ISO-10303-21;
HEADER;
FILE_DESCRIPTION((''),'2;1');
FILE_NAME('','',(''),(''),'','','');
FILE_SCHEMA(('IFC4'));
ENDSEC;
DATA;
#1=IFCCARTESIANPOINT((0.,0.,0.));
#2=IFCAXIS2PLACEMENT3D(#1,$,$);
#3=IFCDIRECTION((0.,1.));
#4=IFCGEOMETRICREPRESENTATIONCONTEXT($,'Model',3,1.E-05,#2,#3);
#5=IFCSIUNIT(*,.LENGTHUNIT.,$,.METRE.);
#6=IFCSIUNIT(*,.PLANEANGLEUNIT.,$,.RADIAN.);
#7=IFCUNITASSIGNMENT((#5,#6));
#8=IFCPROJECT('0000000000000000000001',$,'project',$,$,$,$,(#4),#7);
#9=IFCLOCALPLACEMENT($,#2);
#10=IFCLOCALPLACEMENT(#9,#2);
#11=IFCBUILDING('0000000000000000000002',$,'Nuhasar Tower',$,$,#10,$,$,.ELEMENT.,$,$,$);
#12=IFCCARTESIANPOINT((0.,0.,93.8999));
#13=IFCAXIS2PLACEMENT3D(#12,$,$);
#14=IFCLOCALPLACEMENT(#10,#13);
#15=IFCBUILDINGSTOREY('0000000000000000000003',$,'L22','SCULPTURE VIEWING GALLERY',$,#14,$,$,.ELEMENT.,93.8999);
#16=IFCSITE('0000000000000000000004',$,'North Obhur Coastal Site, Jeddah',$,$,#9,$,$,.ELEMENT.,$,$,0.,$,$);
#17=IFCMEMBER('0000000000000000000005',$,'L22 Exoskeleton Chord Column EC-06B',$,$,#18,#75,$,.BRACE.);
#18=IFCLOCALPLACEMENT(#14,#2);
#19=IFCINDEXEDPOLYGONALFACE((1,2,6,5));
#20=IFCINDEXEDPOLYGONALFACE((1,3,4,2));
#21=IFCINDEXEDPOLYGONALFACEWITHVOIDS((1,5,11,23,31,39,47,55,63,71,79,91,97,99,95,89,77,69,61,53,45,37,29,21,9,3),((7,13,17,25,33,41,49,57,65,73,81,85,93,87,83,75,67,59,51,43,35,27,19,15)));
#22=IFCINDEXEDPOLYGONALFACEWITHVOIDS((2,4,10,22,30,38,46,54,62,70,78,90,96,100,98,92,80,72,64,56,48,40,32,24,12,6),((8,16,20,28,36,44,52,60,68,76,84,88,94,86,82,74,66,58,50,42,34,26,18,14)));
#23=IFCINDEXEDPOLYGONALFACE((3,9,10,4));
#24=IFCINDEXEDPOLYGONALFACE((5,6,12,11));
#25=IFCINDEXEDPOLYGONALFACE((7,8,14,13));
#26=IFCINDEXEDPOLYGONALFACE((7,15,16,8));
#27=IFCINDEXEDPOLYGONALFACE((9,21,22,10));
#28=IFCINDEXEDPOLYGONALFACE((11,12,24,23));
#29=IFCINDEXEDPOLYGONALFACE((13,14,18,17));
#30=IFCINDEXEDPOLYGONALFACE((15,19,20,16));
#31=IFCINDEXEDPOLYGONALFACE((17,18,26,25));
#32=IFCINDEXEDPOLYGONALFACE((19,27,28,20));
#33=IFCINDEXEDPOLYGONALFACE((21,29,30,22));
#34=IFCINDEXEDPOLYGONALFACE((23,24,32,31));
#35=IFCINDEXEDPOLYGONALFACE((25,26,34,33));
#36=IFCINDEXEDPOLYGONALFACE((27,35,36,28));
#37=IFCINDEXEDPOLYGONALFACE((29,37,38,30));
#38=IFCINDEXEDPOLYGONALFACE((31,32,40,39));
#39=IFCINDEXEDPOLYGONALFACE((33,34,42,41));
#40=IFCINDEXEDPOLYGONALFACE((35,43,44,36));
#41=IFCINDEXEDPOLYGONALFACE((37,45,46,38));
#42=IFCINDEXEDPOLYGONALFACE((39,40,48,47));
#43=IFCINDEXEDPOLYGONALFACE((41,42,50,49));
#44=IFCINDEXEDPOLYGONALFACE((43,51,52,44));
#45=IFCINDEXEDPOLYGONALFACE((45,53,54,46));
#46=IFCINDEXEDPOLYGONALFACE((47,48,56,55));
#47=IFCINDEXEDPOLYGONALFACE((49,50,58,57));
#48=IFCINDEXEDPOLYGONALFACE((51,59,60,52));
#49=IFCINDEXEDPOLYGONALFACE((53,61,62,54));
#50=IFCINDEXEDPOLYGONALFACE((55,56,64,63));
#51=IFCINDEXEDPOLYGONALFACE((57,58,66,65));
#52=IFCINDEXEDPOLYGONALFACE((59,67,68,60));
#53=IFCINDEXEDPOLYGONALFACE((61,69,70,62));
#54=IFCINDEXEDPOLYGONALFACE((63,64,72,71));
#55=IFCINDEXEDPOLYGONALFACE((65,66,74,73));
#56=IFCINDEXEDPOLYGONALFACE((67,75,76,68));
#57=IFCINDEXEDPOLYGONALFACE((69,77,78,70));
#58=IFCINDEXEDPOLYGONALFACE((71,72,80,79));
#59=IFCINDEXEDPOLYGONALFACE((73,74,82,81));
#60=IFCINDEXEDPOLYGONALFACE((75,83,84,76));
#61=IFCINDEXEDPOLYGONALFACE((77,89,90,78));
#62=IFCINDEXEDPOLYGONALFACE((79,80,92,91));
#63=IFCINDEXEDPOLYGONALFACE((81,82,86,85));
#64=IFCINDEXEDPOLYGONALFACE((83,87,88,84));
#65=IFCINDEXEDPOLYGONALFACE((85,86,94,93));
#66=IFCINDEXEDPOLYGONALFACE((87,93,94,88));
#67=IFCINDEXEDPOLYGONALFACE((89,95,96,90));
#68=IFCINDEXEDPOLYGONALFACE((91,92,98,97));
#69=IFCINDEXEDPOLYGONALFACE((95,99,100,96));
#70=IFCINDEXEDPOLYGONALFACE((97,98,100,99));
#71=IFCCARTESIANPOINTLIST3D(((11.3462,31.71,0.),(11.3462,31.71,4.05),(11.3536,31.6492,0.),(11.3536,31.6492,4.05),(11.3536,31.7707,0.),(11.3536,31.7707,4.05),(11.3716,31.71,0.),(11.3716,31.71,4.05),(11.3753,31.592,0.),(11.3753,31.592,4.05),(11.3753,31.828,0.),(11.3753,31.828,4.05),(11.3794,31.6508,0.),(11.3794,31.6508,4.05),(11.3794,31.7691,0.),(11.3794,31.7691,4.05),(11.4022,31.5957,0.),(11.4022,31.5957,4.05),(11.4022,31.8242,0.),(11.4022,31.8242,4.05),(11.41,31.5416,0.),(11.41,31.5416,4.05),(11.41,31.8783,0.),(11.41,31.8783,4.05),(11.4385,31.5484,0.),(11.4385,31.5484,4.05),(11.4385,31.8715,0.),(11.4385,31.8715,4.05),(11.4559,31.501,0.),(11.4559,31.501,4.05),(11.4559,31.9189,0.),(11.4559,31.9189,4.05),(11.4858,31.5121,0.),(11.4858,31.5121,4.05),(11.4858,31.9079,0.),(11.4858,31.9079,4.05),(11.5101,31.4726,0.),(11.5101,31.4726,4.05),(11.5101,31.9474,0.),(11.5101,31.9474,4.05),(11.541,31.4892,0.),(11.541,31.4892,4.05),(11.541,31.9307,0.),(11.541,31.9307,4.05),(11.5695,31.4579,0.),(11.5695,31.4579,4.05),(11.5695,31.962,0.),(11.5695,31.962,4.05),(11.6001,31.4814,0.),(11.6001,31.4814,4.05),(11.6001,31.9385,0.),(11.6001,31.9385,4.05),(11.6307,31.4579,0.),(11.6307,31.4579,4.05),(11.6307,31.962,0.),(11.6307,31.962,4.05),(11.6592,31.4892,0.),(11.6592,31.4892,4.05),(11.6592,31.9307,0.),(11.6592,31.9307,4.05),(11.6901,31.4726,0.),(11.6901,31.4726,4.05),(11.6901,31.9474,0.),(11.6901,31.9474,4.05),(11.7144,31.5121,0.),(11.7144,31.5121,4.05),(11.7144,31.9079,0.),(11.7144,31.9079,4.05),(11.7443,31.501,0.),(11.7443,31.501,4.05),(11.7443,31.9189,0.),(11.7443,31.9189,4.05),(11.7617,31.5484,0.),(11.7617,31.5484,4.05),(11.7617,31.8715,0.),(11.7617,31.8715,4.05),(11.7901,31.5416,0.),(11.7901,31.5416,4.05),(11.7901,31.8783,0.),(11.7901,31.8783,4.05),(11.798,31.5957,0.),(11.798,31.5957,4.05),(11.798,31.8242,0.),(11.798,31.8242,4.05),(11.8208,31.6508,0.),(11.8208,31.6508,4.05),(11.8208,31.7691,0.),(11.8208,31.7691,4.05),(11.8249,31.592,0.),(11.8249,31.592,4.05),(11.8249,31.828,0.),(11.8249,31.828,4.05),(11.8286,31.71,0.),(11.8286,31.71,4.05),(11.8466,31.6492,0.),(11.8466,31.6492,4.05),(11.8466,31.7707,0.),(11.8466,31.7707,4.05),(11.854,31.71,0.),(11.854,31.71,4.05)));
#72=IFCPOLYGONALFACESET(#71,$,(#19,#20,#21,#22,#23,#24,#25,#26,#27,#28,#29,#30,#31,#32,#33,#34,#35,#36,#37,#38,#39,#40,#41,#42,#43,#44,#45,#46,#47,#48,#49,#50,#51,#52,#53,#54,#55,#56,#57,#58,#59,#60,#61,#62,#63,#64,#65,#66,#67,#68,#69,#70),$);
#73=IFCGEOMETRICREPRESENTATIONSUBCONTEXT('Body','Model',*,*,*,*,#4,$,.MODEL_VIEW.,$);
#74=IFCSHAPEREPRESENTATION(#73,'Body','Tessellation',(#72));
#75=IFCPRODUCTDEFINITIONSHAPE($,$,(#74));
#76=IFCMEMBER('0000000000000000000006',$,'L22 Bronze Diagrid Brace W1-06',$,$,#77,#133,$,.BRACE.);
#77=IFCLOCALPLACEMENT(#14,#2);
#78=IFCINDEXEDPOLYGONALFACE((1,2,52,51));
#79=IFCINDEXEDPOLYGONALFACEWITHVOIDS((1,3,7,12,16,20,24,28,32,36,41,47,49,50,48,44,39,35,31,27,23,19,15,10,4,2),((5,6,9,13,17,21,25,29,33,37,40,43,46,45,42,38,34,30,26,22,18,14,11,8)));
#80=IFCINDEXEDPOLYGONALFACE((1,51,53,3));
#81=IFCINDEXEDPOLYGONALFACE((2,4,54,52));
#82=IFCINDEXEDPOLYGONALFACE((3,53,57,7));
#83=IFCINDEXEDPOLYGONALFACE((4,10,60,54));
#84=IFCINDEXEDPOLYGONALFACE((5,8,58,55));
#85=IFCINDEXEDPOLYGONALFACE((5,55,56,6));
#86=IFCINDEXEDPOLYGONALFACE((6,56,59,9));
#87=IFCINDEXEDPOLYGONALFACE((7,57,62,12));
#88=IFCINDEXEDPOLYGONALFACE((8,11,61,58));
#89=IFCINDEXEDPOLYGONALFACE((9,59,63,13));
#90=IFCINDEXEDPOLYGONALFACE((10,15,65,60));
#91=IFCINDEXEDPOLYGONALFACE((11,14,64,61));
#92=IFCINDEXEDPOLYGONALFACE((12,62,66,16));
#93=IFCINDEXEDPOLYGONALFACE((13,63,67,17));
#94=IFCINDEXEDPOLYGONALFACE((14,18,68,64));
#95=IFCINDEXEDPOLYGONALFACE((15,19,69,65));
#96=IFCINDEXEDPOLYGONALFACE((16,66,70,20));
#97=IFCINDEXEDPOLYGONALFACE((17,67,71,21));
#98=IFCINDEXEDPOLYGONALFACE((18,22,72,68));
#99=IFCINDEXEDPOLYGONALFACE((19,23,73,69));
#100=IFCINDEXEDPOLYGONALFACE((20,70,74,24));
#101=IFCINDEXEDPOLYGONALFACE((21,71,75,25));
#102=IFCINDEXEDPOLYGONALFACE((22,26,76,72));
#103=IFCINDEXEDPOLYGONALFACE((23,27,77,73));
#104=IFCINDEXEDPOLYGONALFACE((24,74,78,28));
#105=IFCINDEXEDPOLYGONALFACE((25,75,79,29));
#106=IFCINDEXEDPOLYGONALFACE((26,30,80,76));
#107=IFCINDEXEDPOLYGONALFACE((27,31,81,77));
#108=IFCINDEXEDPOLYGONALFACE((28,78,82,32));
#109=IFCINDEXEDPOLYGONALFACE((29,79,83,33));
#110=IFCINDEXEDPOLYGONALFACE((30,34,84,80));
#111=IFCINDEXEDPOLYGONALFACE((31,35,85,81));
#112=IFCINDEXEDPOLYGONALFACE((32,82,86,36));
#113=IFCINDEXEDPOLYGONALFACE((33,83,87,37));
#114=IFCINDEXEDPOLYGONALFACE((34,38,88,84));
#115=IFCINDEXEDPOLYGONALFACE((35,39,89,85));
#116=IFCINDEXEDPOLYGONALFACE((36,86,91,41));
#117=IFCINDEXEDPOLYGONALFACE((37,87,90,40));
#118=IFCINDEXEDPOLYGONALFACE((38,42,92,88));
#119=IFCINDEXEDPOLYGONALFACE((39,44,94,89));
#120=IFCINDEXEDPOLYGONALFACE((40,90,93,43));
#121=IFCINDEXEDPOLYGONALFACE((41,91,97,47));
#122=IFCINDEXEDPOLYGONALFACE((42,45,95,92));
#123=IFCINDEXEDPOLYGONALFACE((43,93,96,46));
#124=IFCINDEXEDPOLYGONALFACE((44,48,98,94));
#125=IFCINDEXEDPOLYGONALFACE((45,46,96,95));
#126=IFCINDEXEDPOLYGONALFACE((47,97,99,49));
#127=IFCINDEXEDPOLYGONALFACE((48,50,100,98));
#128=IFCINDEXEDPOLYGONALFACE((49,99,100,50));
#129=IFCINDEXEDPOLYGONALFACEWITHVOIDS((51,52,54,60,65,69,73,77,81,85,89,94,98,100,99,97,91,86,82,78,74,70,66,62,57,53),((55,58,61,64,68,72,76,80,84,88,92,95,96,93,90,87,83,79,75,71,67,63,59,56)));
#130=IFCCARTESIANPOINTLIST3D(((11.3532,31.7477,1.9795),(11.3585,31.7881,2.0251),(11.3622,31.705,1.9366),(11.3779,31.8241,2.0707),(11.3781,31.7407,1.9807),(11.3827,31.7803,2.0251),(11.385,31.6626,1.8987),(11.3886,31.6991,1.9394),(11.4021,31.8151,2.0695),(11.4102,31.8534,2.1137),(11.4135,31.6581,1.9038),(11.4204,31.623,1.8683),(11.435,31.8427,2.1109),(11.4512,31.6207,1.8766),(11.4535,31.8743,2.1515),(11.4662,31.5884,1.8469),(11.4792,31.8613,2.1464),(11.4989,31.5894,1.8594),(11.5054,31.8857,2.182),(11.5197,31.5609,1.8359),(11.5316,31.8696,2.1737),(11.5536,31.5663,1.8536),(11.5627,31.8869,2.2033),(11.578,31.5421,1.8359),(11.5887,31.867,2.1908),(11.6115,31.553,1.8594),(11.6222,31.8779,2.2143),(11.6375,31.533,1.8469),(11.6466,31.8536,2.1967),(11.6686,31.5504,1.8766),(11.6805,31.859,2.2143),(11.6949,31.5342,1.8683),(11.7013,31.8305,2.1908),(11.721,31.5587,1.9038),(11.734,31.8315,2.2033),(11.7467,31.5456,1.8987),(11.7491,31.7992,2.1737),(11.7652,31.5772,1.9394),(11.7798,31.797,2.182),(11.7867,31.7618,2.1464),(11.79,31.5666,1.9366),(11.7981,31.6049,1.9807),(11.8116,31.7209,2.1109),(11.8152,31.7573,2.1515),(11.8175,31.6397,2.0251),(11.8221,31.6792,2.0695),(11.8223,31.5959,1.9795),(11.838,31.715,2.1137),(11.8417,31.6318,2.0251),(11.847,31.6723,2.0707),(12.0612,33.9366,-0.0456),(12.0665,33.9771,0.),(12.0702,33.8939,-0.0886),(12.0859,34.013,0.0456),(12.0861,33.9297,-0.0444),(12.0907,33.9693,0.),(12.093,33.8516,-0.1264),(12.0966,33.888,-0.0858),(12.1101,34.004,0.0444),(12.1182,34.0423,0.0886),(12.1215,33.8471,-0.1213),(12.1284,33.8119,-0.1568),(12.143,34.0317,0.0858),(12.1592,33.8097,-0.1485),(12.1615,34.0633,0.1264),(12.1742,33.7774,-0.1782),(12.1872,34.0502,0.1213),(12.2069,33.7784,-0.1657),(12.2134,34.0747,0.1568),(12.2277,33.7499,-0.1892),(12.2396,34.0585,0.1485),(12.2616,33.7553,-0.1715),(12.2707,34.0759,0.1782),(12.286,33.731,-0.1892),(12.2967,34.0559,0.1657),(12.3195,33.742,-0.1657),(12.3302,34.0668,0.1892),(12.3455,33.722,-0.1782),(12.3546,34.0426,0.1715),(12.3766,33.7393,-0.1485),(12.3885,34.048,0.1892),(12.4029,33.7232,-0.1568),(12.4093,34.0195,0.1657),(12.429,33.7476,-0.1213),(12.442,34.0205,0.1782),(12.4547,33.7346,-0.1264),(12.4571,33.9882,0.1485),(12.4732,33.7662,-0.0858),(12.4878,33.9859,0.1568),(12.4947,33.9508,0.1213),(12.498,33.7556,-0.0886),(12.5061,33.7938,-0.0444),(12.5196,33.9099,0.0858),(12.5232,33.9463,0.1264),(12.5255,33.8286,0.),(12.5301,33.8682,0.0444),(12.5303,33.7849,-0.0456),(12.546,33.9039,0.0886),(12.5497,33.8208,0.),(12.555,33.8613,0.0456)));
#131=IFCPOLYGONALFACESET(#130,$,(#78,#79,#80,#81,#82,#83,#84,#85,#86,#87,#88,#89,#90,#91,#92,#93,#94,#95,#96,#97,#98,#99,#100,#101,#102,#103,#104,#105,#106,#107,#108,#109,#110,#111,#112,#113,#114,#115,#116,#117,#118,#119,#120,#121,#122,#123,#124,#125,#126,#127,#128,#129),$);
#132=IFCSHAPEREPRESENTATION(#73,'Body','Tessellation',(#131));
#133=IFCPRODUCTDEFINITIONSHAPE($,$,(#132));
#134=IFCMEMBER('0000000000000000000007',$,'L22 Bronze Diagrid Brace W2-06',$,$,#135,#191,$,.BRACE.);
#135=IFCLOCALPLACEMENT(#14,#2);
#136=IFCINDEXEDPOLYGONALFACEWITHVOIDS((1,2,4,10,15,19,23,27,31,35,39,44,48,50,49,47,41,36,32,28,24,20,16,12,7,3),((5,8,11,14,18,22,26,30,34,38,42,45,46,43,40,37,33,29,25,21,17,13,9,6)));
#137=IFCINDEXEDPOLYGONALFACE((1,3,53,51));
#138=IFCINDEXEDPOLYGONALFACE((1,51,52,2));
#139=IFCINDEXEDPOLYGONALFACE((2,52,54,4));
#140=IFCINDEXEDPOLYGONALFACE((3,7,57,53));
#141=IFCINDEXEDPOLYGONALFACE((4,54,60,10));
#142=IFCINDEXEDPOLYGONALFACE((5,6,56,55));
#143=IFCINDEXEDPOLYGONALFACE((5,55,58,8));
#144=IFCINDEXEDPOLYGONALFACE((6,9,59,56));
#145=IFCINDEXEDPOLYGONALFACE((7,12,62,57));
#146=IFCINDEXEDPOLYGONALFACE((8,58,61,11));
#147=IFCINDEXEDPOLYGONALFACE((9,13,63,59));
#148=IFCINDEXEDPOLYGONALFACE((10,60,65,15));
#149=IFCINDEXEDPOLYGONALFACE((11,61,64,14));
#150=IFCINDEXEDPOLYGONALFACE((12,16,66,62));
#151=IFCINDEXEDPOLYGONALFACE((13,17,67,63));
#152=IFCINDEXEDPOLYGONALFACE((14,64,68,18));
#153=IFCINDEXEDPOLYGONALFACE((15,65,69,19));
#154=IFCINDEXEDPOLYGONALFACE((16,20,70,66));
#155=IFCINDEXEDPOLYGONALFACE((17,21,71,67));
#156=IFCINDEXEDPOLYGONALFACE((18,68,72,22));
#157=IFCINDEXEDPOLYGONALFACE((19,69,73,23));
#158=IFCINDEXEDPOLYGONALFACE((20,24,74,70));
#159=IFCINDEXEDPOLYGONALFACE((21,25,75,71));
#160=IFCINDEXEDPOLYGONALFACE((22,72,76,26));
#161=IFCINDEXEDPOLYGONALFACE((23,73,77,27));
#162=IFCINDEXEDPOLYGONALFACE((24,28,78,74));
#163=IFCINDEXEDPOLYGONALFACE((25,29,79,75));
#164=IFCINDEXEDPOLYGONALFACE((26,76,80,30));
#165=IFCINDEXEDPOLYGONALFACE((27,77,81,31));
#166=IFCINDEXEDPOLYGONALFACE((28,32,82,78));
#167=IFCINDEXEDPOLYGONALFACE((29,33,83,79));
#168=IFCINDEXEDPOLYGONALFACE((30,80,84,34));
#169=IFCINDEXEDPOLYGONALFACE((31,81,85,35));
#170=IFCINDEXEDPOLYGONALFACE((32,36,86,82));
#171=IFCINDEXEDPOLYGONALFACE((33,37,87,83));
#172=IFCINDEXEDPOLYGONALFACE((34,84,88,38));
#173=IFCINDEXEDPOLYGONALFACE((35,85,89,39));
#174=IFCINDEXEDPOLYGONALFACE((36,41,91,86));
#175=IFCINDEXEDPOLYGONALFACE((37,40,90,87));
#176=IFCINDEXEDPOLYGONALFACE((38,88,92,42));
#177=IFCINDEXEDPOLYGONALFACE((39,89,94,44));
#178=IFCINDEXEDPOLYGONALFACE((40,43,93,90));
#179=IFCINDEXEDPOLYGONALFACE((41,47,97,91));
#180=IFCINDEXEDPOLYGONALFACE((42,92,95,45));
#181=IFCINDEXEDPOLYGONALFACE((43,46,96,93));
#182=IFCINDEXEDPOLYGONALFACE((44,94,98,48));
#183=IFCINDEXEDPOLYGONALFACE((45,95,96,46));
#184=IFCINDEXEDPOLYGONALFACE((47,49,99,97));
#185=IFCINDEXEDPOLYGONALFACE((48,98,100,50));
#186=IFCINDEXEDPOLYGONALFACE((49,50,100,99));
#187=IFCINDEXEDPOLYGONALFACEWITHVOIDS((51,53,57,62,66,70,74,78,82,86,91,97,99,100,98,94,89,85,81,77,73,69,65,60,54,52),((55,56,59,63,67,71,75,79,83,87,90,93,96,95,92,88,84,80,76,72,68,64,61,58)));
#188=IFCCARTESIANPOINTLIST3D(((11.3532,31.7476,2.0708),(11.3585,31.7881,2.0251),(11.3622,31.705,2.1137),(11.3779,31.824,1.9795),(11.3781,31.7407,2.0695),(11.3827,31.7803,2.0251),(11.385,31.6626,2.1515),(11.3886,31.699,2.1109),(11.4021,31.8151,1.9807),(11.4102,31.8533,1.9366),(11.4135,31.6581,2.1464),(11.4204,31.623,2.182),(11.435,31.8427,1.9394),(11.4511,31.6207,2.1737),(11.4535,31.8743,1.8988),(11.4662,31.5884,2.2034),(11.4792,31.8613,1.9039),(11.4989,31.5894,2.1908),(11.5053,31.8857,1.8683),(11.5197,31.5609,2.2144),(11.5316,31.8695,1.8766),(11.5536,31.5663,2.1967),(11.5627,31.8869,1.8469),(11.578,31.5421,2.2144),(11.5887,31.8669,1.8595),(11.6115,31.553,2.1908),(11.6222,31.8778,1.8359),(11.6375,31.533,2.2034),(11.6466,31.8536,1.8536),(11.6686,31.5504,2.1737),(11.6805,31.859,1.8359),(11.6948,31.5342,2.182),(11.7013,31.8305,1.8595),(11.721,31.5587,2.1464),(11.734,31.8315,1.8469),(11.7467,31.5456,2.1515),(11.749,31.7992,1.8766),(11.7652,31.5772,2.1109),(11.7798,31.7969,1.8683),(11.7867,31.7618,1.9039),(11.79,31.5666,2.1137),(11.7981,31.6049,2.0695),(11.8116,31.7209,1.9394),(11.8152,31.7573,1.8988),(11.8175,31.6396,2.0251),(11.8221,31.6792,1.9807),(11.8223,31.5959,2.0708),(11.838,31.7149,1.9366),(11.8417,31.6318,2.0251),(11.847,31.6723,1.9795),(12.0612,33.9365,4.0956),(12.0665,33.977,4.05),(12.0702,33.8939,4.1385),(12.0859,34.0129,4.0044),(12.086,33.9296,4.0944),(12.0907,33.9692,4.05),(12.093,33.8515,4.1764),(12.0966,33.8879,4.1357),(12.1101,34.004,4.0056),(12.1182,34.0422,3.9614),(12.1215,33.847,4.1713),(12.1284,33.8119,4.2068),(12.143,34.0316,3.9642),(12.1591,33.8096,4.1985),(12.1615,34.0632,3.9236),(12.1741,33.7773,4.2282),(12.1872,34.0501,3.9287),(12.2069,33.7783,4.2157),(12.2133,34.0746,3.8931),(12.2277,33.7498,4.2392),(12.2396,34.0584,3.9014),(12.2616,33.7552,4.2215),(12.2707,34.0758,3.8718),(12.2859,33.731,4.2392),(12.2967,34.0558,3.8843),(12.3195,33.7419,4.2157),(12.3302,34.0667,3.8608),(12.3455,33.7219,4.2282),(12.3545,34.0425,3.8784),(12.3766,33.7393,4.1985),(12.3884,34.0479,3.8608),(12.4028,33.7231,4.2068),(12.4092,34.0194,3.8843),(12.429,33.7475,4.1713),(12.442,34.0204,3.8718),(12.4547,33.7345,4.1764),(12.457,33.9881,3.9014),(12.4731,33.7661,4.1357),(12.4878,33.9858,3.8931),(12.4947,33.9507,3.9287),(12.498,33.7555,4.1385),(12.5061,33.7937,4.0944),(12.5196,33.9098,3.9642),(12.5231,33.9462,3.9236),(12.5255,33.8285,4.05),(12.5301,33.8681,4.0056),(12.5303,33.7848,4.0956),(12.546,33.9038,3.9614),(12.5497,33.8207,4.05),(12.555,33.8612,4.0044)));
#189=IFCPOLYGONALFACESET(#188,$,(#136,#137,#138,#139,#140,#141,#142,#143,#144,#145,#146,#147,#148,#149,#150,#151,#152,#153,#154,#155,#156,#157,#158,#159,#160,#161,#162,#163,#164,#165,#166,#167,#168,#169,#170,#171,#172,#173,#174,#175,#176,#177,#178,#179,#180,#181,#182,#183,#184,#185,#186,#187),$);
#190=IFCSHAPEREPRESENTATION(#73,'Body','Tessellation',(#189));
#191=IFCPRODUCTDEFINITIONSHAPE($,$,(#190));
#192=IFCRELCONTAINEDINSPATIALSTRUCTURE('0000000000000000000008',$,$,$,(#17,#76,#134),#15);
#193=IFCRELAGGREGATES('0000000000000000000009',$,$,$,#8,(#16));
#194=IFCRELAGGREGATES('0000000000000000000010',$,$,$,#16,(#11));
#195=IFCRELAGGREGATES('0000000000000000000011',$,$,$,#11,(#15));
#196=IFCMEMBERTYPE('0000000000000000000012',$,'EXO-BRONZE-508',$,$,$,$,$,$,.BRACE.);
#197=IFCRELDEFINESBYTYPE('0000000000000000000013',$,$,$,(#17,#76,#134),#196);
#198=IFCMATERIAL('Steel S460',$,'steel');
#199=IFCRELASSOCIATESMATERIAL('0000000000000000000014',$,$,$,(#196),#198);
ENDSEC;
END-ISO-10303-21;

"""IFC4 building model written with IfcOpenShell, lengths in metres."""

from ifc_helpers import new_model, si_unit, direction, frame, origin, origin_2d, place, context, subcontext, project, spatial, hollow_circle, extrude, material, material_profile, profile_set, type_object, element, save


model = new_model("IFC4")

# Units and contexts
model_context = context("Model", 3, precision=1e-05, world=origin(), true_north=direction((0.0, 1.0)))
body_context = subcontext(model_context, "Body", "Model", "MODEL_VIEW")
ifc_project = project(units=[si_unit("LENGTHUNIT", "METRE"), si_unit("PLANEANGLEUNIT", "RADIAN")], contexts=[model_context])

# Site, building, storey
site_placement = place(None, origin())
site = spatial("IfcSite", under=ifc_project, at=site_placement, Name="North Obhur Coastal Site, Jeddah", CompositionType="ELEMENT", RefElevation=0.0)
building_placement = place(site_placement, origin())
building = spatial("IfcBuilding", under=site, at=building_placement, Name="Nuhasar Tower", CompositionType="ELEMENT")
storey_placement = place(building_placement, frame((0.0, 0.0, 93.8999)))
storey = spatial("IfcBuildingStorey", under=building, at=storey_placement, Name="L22", Description="SCULPTURE VIEWING GALLERY", CompositionType="ELEMENT", Elevation=93.8999)

# Members
ifc_material_1 = material(Name="Steel S460", Category="steel")
ifc_material_profile_1 = material_profile(ifc_material_1, hollow_circle(Radius=0.2539, WallThickness=0.0254, at=origin_2d()), Name="HSS508X25.4")
ifc_profile_set_1 = profile_set([ifc_material_profile_1], Name="Steel S460")
member_type_1 = type_object("IfcMemberType", Name="EXO-BRONZE-508", PredefinedType="BRACE", material=ifc_profile_set_1)
for number, where, z_axis, x_axis, name in (
    (1, (11.6001, 31.71, 0.0), (0.0, 0.0, 1.0), (1.0, 0.0, 0.0), "L22 Exoskeleton Chord Column EC-06B"),
):
    element("IfcMember", number, at=place(storey_placement, frame(where, z_axis=z_axis, x_axis=x_axis)), inside=storey, type_object=member_type_1, Name=name, PredefinedType="BRACE", context=body_context, shape_type="SweptSolid", body=[
        extrude(hollow_circle(Radius=0.2539, WallThickness=0.0254, at=origin_2d()), origin(), (0.0, 0.0, 1.0), 4.05),
    ])
member_1_placement = place(storey_placement, frame((12.3081, 33.8989, 0.0), z_axis=(-0.231, -0.714187, 0.660739), x_axis=(0.951468, -0.307747, 0.0)))
element("IfcMember", 2, at=member_1_placement, inside=storey, type_object=member_type_1, Name="L22 Bronze Diagrid Brace W1-06", PredefinedType="BRACE", context=body_context, shape_type="SweptSolid", body=[
    extrude(hollow_circle(Radius=0.2539, WallThickness=0.0254, at=origin_2d()), origin(), (0.0, 0.0, 1.0), 3.0649),
])
member_2_placement = place(storey_placement, frame((11.6001, 31.71, 2.0251), z_axis=(0.231012, 0.714225, 0.660694), x_axis=(-0.951468, 0.307747, 0.0)))
element("IfcMember", 3, at=member_2_placement, inside=storey, type_object=member_type_1, Name="L22 Bronze Diagrid Brace W2-06", PredefinedType="BRACE", context=body_context, shape_type="SweptSolid", body=[
    extrude(hollow_circle(Radius=0.2539, WallThickness=0.0254, at=origin_2d()), origin(), (0.0, 0.0, 1.0), 3.0647),
])

save(model, "model.ifc")
